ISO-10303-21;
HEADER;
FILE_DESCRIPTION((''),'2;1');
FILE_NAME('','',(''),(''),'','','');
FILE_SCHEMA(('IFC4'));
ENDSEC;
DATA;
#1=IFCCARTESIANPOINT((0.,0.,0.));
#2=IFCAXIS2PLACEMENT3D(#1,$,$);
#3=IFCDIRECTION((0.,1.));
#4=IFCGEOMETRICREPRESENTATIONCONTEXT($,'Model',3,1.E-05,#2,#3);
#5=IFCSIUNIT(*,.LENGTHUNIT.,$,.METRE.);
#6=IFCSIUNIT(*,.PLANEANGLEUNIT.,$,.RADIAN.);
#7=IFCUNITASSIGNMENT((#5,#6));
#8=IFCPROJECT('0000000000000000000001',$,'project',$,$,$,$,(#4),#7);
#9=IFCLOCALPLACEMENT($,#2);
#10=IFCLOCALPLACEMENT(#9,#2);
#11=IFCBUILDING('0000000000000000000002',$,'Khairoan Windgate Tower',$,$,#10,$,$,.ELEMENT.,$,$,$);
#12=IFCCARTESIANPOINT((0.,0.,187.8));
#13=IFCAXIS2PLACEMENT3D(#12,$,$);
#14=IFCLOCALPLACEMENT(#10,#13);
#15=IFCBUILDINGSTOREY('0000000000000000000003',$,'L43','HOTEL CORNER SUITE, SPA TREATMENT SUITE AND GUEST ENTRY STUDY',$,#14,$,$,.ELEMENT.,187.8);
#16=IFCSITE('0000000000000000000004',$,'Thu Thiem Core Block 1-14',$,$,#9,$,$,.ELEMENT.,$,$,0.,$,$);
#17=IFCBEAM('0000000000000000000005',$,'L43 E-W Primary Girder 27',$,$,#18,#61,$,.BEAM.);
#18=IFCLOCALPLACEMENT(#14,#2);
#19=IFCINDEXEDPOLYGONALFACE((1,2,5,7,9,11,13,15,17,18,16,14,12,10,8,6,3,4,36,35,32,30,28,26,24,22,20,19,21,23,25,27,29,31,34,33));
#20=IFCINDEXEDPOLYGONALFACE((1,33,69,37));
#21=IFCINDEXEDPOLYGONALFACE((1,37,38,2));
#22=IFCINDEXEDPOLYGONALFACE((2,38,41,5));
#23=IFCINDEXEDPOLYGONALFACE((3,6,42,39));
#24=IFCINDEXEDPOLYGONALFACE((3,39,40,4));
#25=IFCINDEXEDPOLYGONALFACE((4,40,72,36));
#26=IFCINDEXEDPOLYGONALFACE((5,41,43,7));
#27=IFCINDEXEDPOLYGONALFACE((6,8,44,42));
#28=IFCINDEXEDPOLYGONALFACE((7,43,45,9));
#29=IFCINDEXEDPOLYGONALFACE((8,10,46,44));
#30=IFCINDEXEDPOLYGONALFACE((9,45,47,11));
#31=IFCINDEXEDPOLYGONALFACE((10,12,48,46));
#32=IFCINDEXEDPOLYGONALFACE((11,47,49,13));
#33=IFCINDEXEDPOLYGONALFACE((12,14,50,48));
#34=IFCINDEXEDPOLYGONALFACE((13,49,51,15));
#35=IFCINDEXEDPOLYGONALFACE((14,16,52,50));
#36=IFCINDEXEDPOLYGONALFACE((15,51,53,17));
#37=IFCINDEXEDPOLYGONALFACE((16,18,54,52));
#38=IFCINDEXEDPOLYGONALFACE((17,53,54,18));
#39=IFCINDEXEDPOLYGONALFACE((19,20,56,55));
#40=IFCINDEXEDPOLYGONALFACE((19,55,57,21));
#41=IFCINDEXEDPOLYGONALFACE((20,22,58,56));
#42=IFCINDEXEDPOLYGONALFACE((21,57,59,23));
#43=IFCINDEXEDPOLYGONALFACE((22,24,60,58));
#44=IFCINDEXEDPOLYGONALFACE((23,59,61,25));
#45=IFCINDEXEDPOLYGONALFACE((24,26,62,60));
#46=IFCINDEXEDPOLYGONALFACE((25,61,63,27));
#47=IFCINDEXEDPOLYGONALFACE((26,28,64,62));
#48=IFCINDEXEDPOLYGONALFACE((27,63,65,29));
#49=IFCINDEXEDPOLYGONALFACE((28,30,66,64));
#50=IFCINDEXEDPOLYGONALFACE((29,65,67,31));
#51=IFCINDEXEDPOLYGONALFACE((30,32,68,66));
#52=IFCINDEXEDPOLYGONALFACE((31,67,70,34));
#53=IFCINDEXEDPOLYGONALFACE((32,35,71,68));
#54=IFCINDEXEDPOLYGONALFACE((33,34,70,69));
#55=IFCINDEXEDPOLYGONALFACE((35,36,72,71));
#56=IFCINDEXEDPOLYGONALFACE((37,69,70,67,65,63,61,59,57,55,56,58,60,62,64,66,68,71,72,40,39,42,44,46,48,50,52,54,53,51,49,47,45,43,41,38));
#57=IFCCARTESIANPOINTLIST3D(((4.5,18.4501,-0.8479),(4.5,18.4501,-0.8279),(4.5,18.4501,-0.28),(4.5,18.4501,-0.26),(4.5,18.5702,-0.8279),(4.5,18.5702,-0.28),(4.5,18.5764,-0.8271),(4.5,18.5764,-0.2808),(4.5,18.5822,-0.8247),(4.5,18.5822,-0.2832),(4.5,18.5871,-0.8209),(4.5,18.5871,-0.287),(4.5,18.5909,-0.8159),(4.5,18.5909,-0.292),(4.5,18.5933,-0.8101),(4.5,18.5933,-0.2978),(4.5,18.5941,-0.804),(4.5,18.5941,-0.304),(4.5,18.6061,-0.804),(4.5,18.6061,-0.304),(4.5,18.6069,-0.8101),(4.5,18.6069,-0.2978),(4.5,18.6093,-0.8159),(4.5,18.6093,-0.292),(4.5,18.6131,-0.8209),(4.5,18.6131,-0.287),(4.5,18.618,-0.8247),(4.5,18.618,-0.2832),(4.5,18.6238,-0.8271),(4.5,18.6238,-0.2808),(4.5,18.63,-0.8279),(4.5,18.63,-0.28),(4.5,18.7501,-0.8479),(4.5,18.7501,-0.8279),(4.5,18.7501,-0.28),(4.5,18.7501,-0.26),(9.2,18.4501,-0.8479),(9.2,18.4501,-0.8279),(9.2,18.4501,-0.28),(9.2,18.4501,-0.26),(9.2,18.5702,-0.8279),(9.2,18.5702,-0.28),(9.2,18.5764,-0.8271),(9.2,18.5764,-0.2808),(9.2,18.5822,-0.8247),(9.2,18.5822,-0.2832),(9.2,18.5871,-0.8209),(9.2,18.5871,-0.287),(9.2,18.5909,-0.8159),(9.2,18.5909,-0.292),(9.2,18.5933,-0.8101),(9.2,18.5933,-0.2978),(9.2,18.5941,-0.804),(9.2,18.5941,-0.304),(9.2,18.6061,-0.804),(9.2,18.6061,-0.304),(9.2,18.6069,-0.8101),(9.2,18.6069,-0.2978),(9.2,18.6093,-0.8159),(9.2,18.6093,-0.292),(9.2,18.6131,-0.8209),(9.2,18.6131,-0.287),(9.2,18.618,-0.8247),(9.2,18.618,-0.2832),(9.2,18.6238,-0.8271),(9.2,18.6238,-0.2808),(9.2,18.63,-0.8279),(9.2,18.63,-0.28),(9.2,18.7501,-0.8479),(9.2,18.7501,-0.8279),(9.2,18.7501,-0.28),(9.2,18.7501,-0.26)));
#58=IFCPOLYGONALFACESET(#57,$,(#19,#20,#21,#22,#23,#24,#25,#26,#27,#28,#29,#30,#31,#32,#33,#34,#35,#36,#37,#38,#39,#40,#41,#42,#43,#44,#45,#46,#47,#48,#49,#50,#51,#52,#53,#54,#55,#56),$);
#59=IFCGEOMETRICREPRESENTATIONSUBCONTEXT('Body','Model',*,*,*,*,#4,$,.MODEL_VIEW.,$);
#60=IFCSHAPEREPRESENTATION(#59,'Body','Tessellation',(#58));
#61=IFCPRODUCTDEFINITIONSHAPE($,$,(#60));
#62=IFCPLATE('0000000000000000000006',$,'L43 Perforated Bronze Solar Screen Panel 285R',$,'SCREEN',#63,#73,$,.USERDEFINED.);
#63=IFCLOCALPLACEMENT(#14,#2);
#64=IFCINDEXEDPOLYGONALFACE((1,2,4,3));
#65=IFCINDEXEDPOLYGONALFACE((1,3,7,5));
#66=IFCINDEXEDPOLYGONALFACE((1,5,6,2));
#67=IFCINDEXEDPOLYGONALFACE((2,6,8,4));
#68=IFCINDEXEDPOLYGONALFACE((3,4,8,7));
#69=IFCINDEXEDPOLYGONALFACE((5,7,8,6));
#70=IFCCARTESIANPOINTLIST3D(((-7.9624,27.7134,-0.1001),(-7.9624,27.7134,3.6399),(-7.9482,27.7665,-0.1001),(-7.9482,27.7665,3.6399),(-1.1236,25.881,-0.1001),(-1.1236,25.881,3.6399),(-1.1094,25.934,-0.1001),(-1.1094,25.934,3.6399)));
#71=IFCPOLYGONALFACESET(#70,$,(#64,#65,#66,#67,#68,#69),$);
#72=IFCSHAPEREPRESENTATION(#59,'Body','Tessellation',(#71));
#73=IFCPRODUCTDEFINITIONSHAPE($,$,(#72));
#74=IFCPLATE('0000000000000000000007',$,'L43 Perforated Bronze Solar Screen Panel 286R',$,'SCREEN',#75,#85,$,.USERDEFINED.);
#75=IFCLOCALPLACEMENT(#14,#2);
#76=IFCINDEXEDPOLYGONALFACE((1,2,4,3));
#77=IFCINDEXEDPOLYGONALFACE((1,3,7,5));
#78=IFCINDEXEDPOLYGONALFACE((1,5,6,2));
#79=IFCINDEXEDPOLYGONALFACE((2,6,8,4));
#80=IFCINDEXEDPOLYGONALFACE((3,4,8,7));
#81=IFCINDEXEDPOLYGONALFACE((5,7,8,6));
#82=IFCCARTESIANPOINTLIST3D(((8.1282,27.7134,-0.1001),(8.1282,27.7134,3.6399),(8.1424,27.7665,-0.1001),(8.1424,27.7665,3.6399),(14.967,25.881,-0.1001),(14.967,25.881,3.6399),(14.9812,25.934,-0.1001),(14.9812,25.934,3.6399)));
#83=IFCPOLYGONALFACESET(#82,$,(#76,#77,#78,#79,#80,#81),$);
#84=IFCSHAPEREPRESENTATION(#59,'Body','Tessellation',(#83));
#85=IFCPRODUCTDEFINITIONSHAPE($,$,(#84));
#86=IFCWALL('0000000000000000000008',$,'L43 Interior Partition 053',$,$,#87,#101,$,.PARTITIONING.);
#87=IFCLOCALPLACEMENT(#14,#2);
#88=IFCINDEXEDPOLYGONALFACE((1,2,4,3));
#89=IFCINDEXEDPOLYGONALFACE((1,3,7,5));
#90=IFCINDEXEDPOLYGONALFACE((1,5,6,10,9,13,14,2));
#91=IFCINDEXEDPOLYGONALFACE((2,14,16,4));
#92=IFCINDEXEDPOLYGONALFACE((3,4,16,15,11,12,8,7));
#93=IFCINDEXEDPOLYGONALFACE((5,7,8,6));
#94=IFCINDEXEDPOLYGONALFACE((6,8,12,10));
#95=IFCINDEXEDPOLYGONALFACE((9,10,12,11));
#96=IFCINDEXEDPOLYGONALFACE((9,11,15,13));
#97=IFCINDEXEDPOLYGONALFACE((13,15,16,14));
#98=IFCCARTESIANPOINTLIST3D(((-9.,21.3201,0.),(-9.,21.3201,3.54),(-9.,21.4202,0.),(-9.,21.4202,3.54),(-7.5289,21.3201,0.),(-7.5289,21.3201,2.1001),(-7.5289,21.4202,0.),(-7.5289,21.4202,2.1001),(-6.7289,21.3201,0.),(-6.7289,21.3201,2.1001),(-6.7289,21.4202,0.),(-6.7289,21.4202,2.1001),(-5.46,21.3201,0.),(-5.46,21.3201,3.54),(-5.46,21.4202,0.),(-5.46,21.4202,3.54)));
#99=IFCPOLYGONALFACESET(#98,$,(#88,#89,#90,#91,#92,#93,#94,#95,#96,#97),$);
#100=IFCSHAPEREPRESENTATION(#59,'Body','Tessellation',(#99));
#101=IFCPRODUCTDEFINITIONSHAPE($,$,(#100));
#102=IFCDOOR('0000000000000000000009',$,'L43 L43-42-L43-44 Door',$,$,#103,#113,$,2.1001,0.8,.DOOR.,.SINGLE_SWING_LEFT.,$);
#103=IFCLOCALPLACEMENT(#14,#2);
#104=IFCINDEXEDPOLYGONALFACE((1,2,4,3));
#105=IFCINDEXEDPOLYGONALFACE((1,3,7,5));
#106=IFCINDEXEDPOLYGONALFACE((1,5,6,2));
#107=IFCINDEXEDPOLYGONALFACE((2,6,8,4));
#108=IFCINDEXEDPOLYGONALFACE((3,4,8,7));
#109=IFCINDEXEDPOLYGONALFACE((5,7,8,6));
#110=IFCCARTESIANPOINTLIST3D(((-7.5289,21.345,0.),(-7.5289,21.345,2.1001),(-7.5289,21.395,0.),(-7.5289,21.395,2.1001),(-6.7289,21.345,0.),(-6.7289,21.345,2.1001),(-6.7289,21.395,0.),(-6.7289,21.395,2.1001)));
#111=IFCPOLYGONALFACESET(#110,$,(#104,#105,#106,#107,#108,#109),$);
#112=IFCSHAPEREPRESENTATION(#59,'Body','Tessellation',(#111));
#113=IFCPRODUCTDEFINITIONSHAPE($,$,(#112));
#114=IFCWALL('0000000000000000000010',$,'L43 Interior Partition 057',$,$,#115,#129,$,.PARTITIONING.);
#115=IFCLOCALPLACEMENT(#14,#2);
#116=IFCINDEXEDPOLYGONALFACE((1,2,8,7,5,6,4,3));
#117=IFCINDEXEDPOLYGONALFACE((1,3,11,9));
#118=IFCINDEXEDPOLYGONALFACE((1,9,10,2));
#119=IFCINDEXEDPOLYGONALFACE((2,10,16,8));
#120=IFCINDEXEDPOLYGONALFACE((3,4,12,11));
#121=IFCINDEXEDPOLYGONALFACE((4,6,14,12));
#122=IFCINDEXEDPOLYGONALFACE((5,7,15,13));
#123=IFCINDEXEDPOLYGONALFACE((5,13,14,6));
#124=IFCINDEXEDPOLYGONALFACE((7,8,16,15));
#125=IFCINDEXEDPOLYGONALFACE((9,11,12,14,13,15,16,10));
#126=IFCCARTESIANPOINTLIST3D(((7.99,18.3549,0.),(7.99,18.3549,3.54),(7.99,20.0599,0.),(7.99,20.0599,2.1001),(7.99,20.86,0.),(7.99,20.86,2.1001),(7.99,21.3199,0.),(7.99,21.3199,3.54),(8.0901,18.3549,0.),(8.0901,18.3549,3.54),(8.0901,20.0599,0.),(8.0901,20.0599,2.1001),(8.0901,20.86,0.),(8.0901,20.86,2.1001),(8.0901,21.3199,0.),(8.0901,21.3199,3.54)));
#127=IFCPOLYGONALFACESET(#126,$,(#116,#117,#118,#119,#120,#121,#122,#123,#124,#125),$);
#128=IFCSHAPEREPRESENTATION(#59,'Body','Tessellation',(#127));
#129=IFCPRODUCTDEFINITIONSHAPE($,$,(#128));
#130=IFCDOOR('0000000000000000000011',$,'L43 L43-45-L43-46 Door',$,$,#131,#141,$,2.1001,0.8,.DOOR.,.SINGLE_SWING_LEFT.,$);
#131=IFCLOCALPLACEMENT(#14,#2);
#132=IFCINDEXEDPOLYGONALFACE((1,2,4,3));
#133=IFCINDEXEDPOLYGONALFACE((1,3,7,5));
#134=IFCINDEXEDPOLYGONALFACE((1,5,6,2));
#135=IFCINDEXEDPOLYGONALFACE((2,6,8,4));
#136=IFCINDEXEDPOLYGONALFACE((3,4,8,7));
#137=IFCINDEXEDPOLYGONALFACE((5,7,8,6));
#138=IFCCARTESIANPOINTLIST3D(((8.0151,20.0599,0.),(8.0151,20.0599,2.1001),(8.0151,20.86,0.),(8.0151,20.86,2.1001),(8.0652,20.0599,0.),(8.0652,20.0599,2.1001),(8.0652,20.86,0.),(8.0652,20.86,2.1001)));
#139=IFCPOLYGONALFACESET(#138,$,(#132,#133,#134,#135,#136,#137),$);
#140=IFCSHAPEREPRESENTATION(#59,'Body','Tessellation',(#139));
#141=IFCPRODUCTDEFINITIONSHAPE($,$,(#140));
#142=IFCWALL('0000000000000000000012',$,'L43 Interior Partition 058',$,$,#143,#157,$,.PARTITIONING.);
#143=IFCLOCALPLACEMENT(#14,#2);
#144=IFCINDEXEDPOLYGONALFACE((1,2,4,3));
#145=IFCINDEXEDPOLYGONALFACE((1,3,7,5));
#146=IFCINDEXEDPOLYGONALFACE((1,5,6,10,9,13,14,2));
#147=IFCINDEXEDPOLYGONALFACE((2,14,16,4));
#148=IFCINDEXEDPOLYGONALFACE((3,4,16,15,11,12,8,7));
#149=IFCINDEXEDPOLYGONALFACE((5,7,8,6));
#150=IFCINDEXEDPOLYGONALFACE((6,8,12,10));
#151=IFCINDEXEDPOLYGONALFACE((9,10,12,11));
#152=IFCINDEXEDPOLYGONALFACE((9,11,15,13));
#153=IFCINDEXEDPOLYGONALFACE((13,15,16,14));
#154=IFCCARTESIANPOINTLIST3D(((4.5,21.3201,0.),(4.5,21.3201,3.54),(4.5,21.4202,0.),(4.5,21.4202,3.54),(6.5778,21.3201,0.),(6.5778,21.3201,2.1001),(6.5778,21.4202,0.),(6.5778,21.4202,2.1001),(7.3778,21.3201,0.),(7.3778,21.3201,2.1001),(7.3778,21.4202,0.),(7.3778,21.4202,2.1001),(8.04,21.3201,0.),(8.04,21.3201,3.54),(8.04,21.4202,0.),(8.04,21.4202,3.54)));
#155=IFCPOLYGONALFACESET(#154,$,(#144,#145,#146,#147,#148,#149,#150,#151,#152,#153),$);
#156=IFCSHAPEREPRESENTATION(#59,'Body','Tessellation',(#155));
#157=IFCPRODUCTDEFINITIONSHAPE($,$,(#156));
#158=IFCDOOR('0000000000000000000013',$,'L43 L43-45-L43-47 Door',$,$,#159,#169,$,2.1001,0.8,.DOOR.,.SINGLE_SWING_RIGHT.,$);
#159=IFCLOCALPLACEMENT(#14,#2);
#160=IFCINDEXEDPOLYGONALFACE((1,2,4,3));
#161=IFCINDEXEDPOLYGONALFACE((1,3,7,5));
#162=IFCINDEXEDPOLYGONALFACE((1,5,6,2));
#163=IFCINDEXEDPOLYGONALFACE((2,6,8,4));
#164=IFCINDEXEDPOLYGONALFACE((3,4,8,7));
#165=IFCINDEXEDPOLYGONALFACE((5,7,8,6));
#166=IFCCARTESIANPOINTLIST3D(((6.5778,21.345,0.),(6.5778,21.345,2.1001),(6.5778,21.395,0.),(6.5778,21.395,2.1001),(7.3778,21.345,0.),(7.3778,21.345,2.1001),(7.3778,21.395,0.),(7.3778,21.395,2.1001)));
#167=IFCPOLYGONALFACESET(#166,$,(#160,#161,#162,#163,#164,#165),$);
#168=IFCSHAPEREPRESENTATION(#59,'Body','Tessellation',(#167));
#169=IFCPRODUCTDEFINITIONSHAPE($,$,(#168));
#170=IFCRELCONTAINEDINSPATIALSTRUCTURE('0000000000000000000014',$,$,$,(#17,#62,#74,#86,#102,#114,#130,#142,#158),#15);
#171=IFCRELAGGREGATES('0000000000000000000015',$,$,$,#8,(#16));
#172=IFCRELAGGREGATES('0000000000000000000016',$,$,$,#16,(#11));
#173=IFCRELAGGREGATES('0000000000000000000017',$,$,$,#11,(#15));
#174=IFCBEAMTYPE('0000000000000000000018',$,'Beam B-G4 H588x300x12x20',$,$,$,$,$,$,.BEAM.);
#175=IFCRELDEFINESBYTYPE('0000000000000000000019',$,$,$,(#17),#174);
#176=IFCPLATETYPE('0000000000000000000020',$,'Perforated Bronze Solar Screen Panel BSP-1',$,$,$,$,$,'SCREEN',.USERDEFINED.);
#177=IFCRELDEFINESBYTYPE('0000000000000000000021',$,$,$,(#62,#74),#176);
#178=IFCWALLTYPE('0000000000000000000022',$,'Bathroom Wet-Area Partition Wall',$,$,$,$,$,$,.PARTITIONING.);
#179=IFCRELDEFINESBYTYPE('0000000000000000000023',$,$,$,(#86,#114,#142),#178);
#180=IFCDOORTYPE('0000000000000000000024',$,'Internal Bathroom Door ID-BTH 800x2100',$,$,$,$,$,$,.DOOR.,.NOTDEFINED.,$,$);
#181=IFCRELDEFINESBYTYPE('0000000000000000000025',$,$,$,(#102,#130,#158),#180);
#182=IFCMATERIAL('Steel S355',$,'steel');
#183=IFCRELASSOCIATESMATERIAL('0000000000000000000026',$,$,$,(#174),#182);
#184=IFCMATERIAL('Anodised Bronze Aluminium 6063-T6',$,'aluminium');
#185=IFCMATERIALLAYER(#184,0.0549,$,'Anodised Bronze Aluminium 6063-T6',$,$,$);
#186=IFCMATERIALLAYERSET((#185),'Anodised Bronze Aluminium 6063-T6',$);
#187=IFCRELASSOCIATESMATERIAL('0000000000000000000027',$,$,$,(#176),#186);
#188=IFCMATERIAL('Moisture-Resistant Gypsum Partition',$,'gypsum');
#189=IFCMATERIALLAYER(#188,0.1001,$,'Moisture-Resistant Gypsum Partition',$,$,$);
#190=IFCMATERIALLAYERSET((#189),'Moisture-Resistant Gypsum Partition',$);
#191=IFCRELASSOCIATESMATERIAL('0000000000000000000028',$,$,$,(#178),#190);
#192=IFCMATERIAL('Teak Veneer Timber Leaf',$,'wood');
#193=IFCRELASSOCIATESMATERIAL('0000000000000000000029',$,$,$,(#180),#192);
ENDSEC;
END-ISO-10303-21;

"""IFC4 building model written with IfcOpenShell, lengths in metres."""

from ifc_helpers import new_model, si_unit, direction, frame, frame_2d, origin, origin_2d, place, context, subcontext, project, spatial, rectangle, i_section, extrude, material, layer, layer_set, material_profile, profile_set, type_object, element, fill, save


model = new_model("IFC4")

# Units and contexts
model_context = context("Model", 3, precision=1e-05, world=origin(), true_north=direction((0.0, 1.0)))
body_context = subcontext(model_context, "Body", "Model", "MODEL_VIEW")
ifc_project = project(units=[si_unit("LENGTHUNIT", "METRE"), si_unit("PLANEANGLEUNIT", "RADIAN")], contexts=[model_context])

# Site, building, storey
site_placement = place(None, origin())
site = spatial("IfcSite", under=ifc_project, at=site_placement, Name="Thu Thiem Core Block 1-14", CompositionType="ELEMENT", RefElevation=0.0)
building_placement = place(site_placement, origin())
building = spatial("IfcBuilding", under=site, at=building_placement, Name="Khairoan Windgate Tower", CompositionType="ELEMENT")
storey_placement = place(building_placement, frame((0.0, 0.0, 187.8)))
storey = spatial("IfcBuildingStorey", under=building, at=storey_placement, Name="L43", Description="HOTEL CORNER SUITE, SPA TREATMENT SUITE AND GUEST ENTRY STUDY", CompositionType="ELEMENT", Elevation=187.8)

# Beam
ifc_material_1 = material(Name="Steel S355", Category="steel")
ifc_material_profile_1 = material_profile(ifc_material_1, i_section(OverallWidth=0.3, OverallDepth=0.5879, WebThickness=0.012, FlangeThickness=0.02, FilletRadius=0.0239, at=origin_2d()))
ifc_profile_set_1 = profile_set([ifc_material_profile_1], Name="Steel S355")
beam_type = type_object("IfcBeamType", Name="Beam B-G4 H588x300x12x20", PredefinedType="BEAM", material=ifc_profile_set_1)
beam_placement = place(storey_placement, frame((4.5, 18.6001, -0.554), z_axis=(1.0, 0.0, 0.0), x_axis=(0.0, 1.0, 0.0)))
element("IfcBeam", 1, at=beam_placement, inside=storey, type_object=beam_type, Name="L43 E-W Primary Girder 27", PredefinedType="BEAM", context=body_context, shape_type="SweptSolid", body=[
    extrude(i_section(OverallWidth=0.3, OverallDepth=0.5879, WebThickness=0.012, FlangeThickness=0.02, FilletRadius=0.0239, at=origin_2d()), origin(), (0.0, 0.0, 1.0), 4.7),
])

# Plates
ifc_material_2 = material(Name="Anodised Bronze Aluminium 6063-T6", Category="aluminium")
ifc_layer_1 = layer(ifc_material_2, 0.0549, Name="Anodised Bronze Aluminium 6063-T6")
ifc_layer_set_1 = layer_set([ifc_layer_1], Name="Anodised Bronze Aluminium 6063-T6")
plate_type = type_object("IfcPlateType", Name="Perforated Bronze Solar Screen Panel BSP-1", ElementType="SCREEN", PredefinedType="USERDEFINED", material=ifc_layer_set_1)
for number, where, z_axis, x_axis, name in (
    (2, (-4.5359, 26.8237, -0.1001), (0.0, 0.0, 1.0), (0.965926, -0.258819, 0.0), "L43 Perforated Bronze Solar Screen Panel 285R"),
    (3, (11.5547, 26.8237, -0.1001), (0.0, 0.0, 1.0), (0.965926, -0.258819, 0.0), "L43 Perforated Bronze Solar Screen Panel 286R"),
):
    element("IfcPlate", number, at=place(storey_placement, frame(where, z_axis=z_axis, x_axis=x_axis)), inside=storey, type_object=plate_type, Name=name, ObjectType="SCREEN", PredefinedType="USERDEFINED", context=body_context, shape_type="SweptSolid", body=[
        extrude(rectangle(XDim=7.0801, YDim=0.0549, at=origin_2d()), origin(), (0.0, 0.0, 1.0), 3.74),
    ])

# Walls, openings, doors
ifc_material_3 = material(Name="Moisture-Resistant Gypsum Partition", Category="gypsum")
ifc_layer_2 = layer(ifc_material_3, 0.1001, Name="Moisture-Resistant Gypsum Partition")
ifc_layer_set_2 = layer_set([ifc_layer_2], Name="Moisture-Resistant Gypsum Partition")
wall_type_1 = type_object("IfcWallType", Name="Bathroom Wet-Area Partition Wall", PredefinedType="PARTITIONING", material=ifc_layer_set_2)
wall_1_placement = place(storey_placement, frame((-9.0, 21.3701, 0.0), z_axis=(0.0, 0.0, 1.0), x_axis=(1.0, 0.0, 0.0)))
wall_1 = element("IfcWall", 4, at=wall_1_placement, inside=storey, type_object=wall_type_1, Name="L43 Interior Partition 053", PredefinedType="PARTITIONING", context=body_context, shape_type="SweptSolid", body=[
    extrude(rectangle(XDim=3.54, YDim=0.1001, at=frame_2d((1.77, 0.0))), origin(), (0.0, 0.0, 1.0), 3.54),
])
opening_1_placement = place(wall_1_placement, frame((1.4712, 0.0, 0.0)))
opening_1 = element("IfcOpeningElement", 5, at=opening_1_placement, cuts=wall_1, PredefinedType="OPENING", context=body_context, shape_type="SweptSolid", body=[
    extrude(rectangle(XDim=0.8, YDim=2.1001, at=frame_2d((0.3999, 1.05))), frame((0.0, 0.0601, 0.0), z_axis=(0.0, -1.0, 0.0), x_axis=(1.0, 0.0, 0.0)), (0.0, 0.0, 1.0), 0.1201),
])
ifc_material_4 = material(Name="Teak Veneer Timber Leaf", Category="wood")
door_type_1 = type_object("IfcDoorType", Name="Internal Bathroom Door ID-BTH 800x2100", OperationType="NOTDEFINED", PredefinedType="DOOR", material=ifc_material_4)
door_1_placement = place(opening_1_placement, origin())
door_1 = element("IfcDoor", 6, at=door_1_placement, inside=storey, type_object=door_type_1, Name="L43 L43-42-L43-44 Door", OperationType="SINGLE_SWING_LEFT", OverallHeight=2.1001, OverallWidth=0.8, PredefinedType="DOOR", context=body_context, shape_type="SweptSolid", body=[
    extrude(rectangle(XDim=0.8, YDim=2.1001, at=frame_2d((0.3999, 1.05))), frame((0.0, 0.0249, 0.0), z_axis=(0.0, -1.0, 0.0), x_axis=(1.0, 0.0, 0.0)), (0.0, 0.0, 1.0), 0.05),
])
fill(opening_1, door_1)
wall_2_placement = place(storey_placement, frame((8.04, 18.355, 0.0), z_axis=(0.0, 0.0, 1.0), x_axis=(0.0, 1.0, 0.0)))
wall_2 = element("IfcWall", 7, at=wall_2_placement, inside=storey, type_object=wall_type_1, Name="L43 Interior Partition 057", PredefinedType="PARTITIONING", context=body_context, shape_type="SweptSolid", body=[
    extrude(rectangle(XDim=2.9651, YDim=0.1001, at=frame_2d((1.4824, 0.0))), origin(), (0.0, 0.0, 1.0), 3.54),
])
opening_2_placement = place(wall_2_placement, frame((1.7051, 0.0, 0.0)))
opening_2 = element("IfcOpeningElement", 8, at=opening_2_placement, cuts=wall_2, PredefinedType="OPENING", context=body_context, shape_type="SweptSolid", body=[
    extrude(rectangle(XDim=0.8, YDim=2.1001, at=frame_2d((0.3999, 1.05))), frame((0.0, 0.0601, 0.0), z_axis=(0.0, -1.0, 0.0), x_axis=(1.0, 0.0, 0.0)), (0.0, 0.0, 1.0), 0.1201),
])
door_2_placement = place(opening_2_placement, origin())
door_2 = element("IfcDoor", 9, at=door_2_placement, inside=storey, type_object=door_type_1, Name="L43 L43-45-L43-46 Door", OperationType="SINGLE_SWING_LEFT", OverallHeight=2.1001, OverallWidth=0.8, PredefinedType="DOOR", context=body_context, shape_type="SweptSolid", body=[
    extrude(rectangle(XDim=0.8, YDim=2.1001, at=frame_2d((0.3999, 1.05))), frame((0.0, 0.0249, 0.0), z_axis=(0.0, -1.0, 0.0), x_axis=(1.0, 0.0, 0.0)), (0.0, 0.0, 1.0), 0.05),
])
fill(opening_2, door_2)
wall_3_placement = place(storey_placement, frame((4.5, 21.3701, 0.0), z_axis=(0.0, 0.0, 1.0), x_axis=(1.0, 0.0, 0.0)))
wall_3 = element("IfcWall", 10, at=wall_3_placement, inside=storey, type_object=wall_type_1, Name="L43 Interior Partition 058", PredefinedType="PARTITIONING", context=body_context, shape_type="SweptSolid", body=[
    extrude(rectangle(XDim=3.54, YDim=0.1001, at=frame_2d((1.77, 0.0))), origin(), (0.0, 0.0, 1.0), 3.54),
])
opening_3_placement = place(wall_3_placement, frame((2.0779, 0.0, 0.0)))
opening_3 = element("IfcOpeningElement", 11, at=opening_3_placement, cuts=wall_3, PredefinedType="OPENING", context=body_context, shape_type="SweptSolid", body=[
    extrude(rectangle(XDim=0.8, YDim=2.1001, at=frame_2d((0.3999, 1.05))), frame((0.0, 0.0601, 0.0), z_axis=(0.0, -1.0, 0.0), x_axis=(1.0, 0.0, 0.0)), (0.0, 0.0, 1.0), 0.1201),
])
door_3_placement = place(opening_3_placement, origin())
door_3 = element("IfcDoor", 12, at=door_3_placement, inside=storey, type_object=door_type_1, Name="L43 L43-45-L43-47 Door", OperationType="SINGLE_SWING_RIGHT", OverallHeight=2.1001, OverallWidth=0.8, PredefinedType="DOOR", context=body_context, shape_type="SweptSolid", body=[
    extrude(rectangle(XDim=0.8, YDim=2.1001, at=frame_2d((0.3999, 1.05))), frame((0.0, 0.0249, 0.0), z_axis=(0.0, -1.0, 0.0), x_axis=(1.0, 0.0, 0.0)), (0.0, 0.0, 1.0), 0.05),
])
fill(opening_3, door_3)

save(model, "model.ifc")
